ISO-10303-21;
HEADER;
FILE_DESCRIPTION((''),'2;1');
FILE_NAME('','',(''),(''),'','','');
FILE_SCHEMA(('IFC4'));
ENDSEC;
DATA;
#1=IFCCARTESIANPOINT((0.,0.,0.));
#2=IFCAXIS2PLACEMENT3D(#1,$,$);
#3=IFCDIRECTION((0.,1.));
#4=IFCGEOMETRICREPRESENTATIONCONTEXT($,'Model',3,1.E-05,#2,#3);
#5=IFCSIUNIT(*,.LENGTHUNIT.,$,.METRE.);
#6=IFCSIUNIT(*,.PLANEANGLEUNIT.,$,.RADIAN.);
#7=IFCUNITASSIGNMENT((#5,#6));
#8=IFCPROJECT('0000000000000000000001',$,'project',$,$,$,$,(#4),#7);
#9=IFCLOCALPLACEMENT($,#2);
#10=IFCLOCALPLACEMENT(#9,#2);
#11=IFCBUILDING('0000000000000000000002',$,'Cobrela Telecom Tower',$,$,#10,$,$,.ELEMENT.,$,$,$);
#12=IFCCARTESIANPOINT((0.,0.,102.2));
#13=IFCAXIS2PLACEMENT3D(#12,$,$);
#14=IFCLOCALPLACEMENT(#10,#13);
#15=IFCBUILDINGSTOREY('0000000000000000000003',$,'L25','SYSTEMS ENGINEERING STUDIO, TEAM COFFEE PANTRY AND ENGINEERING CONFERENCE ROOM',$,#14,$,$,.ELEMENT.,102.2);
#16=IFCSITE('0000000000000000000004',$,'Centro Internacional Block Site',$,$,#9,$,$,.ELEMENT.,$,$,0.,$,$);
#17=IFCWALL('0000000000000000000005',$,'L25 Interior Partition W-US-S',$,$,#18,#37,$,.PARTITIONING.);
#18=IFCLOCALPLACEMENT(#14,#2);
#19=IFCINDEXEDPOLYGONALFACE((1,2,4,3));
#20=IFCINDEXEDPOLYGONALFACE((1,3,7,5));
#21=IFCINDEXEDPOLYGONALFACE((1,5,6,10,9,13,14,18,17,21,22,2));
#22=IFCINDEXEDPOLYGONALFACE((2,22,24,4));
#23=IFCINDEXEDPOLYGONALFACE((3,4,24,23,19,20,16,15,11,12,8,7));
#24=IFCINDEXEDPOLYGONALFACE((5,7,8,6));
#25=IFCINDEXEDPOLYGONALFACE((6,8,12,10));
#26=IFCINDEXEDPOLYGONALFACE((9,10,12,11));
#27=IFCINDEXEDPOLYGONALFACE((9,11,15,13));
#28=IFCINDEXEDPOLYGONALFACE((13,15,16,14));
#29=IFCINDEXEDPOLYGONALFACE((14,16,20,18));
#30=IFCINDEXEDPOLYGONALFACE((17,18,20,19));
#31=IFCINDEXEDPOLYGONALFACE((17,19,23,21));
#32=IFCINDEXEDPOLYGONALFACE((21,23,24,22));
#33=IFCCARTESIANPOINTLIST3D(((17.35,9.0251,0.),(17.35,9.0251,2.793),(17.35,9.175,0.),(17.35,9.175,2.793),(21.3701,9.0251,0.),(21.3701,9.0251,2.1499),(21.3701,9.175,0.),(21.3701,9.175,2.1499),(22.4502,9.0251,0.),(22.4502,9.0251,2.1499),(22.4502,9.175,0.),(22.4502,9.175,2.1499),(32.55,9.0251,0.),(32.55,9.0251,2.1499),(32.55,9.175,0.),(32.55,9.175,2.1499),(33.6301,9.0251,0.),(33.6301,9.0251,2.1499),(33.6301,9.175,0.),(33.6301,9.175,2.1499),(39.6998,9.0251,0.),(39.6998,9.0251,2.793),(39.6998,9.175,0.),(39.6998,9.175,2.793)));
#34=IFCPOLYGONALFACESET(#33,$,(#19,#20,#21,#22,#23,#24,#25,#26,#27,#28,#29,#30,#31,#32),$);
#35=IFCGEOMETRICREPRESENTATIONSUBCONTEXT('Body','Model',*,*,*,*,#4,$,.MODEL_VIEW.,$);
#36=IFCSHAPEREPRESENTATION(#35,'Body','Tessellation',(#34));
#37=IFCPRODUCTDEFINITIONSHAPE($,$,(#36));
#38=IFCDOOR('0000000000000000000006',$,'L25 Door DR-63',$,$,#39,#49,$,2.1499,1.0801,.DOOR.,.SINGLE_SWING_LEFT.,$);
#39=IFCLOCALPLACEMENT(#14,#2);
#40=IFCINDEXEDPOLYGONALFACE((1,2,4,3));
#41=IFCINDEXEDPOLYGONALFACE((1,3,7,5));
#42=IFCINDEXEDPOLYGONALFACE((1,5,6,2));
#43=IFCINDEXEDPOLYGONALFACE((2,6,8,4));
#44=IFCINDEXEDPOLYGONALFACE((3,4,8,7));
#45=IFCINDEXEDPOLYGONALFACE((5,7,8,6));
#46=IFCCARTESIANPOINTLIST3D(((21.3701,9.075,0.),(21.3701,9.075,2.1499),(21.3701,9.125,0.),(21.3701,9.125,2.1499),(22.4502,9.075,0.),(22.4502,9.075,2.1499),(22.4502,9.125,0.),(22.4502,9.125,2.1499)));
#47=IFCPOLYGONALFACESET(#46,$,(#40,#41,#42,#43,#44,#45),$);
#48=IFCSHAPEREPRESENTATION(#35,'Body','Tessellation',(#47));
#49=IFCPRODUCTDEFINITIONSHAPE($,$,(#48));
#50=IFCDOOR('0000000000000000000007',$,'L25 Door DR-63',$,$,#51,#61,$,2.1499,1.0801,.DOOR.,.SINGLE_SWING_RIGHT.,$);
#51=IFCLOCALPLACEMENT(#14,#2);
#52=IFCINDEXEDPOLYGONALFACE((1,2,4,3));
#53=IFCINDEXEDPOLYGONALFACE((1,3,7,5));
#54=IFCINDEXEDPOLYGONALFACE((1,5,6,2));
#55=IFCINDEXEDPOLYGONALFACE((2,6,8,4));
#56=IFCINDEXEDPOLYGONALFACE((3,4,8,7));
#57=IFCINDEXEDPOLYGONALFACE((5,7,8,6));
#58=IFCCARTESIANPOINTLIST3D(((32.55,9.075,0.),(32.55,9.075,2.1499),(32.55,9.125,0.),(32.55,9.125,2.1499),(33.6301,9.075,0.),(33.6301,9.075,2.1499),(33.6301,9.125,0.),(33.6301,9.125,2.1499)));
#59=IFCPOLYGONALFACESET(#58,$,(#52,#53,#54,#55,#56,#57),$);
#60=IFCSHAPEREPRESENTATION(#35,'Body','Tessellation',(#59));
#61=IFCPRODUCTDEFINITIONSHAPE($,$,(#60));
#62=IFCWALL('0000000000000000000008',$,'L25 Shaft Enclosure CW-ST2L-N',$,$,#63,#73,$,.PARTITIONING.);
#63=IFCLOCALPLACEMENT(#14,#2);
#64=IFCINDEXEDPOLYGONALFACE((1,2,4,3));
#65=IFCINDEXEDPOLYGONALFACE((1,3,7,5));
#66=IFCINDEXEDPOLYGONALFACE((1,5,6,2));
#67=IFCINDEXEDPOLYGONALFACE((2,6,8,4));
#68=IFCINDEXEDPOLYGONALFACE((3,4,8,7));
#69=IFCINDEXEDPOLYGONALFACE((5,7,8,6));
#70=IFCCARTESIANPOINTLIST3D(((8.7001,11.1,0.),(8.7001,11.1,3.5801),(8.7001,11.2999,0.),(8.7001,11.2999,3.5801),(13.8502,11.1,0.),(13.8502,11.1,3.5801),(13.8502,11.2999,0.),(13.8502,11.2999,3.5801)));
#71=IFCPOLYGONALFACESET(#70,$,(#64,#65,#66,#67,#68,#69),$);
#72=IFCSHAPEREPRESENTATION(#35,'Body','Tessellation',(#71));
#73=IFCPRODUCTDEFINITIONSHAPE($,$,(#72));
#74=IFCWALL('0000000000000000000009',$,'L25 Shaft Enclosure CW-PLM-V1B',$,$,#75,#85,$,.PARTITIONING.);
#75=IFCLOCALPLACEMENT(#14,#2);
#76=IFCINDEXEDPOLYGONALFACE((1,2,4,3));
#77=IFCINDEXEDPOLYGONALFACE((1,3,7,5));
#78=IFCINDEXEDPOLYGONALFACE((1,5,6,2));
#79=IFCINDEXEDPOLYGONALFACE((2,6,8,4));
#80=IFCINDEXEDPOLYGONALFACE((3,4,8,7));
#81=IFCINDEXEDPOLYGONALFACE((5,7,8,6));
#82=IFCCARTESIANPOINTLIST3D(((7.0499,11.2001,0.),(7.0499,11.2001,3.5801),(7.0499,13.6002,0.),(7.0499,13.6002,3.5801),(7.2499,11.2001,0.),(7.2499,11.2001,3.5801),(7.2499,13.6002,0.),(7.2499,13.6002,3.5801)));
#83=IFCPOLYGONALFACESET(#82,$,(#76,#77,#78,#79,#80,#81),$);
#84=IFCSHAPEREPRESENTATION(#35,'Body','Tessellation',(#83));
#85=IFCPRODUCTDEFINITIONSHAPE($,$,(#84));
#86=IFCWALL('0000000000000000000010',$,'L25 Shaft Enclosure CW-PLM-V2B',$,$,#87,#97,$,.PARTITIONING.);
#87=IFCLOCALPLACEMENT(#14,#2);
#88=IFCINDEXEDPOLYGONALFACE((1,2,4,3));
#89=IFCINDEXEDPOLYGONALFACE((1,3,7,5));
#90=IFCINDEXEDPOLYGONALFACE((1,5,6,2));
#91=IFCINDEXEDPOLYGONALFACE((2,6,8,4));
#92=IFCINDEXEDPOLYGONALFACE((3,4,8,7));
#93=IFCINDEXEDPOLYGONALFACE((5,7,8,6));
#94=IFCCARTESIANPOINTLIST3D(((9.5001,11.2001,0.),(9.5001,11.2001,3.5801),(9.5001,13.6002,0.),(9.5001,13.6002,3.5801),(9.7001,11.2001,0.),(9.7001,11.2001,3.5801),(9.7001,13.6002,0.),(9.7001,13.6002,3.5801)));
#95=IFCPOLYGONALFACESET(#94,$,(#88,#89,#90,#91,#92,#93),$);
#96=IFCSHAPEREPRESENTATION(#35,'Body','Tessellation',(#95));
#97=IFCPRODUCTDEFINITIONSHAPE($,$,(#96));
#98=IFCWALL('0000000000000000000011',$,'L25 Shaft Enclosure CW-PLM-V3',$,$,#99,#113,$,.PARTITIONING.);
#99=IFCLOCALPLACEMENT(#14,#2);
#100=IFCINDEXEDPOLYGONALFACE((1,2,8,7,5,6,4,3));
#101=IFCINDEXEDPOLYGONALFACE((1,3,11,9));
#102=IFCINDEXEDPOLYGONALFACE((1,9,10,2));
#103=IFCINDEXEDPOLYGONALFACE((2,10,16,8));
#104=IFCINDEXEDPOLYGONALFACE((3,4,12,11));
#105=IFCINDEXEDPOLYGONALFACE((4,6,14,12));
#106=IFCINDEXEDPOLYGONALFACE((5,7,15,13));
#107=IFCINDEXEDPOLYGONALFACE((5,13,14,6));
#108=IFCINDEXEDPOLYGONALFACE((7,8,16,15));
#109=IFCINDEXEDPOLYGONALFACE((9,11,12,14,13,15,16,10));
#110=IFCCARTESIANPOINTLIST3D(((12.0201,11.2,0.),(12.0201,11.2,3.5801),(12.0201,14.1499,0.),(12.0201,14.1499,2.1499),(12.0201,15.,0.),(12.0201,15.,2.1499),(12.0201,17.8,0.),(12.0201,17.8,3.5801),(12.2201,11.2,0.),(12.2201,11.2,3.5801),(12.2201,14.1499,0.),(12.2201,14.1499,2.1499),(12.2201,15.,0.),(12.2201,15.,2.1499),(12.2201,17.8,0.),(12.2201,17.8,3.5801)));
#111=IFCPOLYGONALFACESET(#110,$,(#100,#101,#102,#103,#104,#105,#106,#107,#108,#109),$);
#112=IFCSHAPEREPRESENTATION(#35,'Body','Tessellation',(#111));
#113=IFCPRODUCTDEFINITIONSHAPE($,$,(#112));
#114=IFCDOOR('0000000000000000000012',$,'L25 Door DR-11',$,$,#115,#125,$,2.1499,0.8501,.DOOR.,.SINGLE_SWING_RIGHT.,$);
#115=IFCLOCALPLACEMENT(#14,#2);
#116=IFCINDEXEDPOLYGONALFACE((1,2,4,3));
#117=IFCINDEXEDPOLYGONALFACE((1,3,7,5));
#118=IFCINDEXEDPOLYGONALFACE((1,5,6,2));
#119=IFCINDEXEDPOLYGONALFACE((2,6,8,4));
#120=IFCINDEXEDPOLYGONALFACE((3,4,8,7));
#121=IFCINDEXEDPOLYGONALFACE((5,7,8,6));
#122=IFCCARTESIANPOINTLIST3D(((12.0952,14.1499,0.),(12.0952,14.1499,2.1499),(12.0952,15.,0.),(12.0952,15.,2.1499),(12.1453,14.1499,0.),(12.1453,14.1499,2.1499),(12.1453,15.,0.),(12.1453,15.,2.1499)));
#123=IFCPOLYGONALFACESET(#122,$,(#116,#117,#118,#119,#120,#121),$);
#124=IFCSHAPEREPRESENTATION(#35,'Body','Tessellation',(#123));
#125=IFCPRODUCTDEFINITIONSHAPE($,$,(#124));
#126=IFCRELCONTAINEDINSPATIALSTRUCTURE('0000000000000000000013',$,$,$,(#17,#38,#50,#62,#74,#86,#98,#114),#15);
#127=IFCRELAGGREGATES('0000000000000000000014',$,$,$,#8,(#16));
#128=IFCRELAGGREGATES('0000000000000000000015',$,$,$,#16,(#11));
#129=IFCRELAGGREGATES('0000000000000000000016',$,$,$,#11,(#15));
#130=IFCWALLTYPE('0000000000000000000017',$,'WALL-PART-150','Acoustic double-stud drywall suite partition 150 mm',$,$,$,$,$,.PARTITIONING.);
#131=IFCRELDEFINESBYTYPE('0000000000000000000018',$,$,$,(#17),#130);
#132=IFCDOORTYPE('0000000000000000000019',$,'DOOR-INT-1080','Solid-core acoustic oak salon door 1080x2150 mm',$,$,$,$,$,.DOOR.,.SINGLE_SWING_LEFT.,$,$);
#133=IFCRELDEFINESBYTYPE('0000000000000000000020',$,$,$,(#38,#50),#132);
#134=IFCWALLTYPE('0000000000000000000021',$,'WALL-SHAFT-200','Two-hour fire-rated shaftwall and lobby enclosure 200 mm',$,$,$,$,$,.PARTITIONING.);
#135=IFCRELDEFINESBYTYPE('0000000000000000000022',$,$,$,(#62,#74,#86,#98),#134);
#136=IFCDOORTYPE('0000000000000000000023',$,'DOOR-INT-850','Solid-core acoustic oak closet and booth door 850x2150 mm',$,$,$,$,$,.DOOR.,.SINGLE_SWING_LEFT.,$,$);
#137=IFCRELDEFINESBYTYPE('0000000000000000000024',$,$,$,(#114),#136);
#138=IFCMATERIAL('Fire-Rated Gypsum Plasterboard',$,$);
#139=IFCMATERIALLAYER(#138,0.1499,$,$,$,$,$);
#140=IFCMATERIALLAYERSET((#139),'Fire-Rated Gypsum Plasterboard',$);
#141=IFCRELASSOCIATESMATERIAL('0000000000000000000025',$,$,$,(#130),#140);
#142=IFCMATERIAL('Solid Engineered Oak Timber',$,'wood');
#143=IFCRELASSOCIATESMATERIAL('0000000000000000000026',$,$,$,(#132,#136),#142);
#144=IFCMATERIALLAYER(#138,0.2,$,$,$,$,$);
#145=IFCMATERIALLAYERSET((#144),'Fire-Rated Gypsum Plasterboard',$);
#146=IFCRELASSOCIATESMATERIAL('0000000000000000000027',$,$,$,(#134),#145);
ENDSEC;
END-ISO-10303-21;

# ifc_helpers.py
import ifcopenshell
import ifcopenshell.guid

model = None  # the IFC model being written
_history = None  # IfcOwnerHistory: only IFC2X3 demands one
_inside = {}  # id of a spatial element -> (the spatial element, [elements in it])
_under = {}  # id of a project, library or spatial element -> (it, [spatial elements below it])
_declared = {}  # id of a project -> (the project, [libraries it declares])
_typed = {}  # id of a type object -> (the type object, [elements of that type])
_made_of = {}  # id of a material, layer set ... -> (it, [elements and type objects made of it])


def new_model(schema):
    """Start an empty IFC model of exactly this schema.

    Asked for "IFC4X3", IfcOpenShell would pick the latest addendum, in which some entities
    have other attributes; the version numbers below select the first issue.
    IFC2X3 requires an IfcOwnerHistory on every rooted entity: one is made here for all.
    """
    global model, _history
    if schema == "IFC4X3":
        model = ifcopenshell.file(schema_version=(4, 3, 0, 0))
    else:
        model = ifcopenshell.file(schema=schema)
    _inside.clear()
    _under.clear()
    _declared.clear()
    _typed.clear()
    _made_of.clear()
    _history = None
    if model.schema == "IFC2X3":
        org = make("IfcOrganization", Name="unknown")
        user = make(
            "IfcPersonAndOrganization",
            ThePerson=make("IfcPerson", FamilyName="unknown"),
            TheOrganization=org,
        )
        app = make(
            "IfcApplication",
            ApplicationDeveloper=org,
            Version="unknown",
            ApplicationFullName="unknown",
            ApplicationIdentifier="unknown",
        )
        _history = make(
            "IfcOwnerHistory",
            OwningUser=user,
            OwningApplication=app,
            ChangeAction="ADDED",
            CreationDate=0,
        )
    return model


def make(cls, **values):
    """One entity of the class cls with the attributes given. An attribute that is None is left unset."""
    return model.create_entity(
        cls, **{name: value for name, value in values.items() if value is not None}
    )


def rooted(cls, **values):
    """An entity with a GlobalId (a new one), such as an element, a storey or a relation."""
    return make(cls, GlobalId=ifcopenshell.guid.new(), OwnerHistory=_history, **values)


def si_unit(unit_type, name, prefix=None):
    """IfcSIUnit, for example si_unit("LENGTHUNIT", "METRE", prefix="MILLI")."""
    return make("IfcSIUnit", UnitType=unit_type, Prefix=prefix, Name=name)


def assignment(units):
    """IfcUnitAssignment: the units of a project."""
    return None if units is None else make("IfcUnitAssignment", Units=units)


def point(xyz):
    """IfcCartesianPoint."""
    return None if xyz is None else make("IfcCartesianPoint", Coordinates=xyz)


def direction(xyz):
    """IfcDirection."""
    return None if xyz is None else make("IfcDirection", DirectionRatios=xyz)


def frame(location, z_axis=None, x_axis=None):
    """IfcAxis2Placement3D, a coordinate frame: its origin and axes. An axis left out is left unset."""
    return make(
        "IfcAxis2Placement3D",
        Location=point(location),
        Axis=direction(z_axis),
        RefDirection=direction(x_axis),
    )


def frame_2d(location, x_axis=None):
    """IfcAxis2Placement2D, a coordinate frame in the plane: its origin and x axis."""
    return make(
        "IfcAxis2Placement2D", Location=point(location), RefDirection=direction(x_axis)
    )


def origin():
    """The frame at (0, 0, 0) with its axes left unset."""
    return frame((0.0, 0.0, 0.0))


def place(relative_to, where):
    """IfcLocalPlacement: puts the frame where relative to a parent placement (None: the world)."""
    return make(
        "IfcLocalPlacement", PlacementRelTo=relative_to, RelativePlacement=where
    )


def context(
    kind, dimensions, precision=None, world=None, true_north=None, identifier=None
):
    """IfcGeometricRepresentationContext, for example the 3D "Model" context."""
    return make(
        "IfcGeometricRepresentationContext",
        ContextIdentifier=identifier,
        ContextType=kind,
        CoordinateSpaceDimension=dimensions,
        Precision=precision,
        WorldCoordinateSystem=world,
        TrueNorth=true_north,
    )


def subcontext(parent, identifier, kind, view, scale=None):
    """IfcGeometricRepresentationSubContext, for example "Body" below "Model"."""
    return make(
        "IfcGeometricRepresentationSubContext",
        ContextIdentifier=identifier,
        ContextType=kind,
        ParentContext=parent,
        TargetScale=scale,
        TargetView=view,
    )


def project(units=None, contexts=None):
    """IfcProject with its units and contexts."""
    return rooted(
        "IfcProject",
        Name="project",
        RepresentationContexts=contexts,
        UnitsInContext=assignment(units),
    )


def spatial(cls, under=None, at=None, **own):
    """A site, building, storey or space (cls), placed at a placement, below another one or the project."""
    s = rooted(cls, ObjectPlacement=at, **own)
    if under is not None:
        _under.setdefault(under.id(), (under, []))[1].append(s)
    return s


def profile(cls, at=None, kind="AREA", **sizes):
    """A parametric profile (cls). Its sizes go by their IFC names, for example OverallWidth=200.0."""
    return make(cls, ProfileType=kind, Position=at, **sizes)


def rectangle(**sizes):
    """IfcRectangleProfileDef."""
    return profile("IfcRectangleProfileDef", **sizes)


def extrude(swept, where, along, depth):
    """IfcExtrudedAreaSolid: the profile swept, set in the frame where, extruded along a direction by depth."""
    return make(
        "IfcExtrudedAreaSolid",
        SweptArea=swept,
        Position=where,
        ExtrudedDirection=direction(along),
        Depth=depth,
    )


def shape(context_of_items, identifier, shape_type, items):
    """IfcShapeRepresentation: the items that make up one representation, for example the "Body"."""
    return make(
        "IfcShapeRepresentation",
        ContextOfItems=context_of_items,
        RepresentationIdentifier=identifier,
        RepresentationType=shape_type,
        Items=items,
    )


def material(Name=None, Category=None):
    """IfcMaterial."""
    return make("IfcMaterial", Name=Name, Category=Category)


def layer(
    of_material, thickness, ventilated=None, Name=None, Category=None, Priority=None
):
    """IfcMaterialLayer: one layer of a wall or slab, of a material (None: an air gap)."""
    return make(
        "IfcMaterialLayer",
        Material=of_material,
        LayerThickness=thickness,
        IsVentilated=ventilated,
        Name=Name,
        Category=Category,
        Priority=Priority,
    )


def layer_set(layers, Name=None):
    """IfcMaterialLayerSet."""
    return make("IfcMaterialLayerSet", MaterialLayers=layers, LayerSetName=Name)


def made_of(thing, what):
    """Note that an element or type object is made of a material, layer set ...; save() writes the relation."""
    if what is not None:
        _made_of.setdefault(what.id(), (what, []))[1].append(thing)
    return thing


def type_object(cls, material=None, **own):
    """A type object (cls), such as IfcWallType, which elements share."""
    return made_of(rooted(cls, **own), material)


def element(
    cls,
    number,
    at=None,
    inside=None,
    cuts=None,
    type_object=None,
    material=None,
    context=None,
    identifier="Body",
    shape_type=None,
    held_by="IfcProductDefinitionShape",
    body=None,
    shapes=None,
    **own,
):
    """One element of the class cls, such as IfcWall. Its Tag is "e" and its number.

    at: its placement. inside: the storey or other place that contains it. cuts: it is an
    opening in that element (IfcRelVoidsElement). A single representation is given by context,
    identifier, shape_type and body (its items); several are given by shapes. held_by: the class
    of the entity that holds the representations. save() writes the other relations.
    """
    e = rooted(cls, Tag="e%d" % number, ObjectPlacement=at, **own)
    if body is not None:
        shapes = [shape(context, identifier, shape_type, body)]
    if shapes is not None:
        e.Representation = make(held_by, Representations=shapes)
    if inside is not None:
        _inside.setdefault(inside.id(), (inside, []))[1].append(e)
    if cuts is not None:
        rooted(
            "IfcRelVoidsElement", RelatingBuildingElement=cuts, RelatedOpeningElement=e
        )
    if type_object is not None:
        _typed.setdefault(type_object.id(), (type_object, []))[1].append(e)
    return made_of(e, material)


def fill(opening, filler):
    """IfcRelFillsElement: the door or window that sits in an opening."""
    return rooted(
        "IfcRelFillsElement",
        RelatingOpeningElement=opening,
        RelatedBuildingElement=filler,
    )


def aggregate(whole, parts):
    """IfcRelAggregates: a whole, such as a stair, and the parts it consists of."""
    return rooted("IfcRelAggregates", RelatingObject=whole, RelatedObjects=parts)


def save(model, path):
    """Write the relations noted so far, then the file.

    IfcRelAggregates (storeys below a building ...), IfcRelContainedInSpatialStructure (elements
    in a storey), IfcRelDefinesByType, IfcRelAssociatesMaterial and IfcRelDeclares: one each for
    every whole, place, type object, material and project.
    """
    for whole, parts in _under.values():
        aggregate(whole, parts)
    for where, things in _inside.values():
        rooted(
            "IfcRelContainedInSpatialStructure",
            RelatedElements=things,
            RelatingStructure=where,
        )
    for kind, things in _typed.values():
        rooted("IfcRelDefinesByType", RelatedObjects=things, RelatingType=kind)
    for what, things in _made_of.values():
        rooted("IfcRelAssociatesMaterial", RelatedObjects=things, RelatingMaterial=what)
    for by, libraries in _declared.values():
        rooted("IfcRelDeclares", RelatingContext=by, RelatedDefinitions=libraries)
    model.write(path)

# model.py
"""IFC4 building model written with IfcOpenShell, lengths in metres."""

from ifc_helpers import new_model, si_unit, direction, frame, frame_2d, origin, place, context, subcontext, project, spatial, rectangle, extrude, material, layer, layer_set, type_object, element, fill, save


model = new_model("IFC4")

# Units and contexts
model_context = context("Model", 3, precision=1e-05, world=origin(), true_north=direction((0.0, 1.0)))
body_context = subcontext(model_context, "Body", "Model", "MODEL_VIEW")
ifc_project = project(units=[si_unit("LENGTHUNIT", "METRE"), si_unit("PLANEANGLEUNIT", "RADIAN")], contexts=[model_context])

# Site, building, storey
site_placement = place(None, origin())
site = spatial("IfcSite", under=ifc_project, at=site_placement, Name="Centro Internacional Block Site", CompositionType="ELEMENT", RefElevation=0.0)
building_placement = place(site_placement, origin())
building = spatial("IfcBuilding", under=site, at=building_placement, Name="Cobrela Telecom Tower", CompositionType="ELEMENT")
storey_placement = place(building_placement, frame((0.0, 0.0, 102.2)))
storey = spatial("IfcBuildingStorey", under=building, at=storey_placement, Name="L25", Description="SYSTEMS ENGINEERING STUDIO, TEAM COFFEE PANTRY AND ENGINEERING CONFERENCE ROOM", CompositionType="ELEMENT", Elevation=102.2)

# Shared definitions
ifc_material_1 = material(Name="Fire-Rated Gypsum Plasterboard")

# Wall, openings, doors
ifc_layer_1 = layer(ifc_material_1, 0.1499)
ifc_layer_set_1 = layer_set([ifc_layer_1], Name="Fire-Rated Gypsum Plasterboard")
wall_type_1 = type_object("IfcWallType", Name="WALL-PART-150", Description="Acoustic double-stud drywall suite partition 150 mm", PredefinedType="PARTITIONING", material=ifc_layer_set_1)
wall_1_placement = place(storey_placement, frame((17.3501, 9.1001, 0.0), z_axis=(0.0, 0.0, 1.0), x_axis=(1.0, 0.0, 0.0)))
wall_1 = element("IfcWall", 1, at=wall_1_placement, inside=storey, type_object=wall_type_1, Name="L25 Interior Partition W-US-S", PredefinedType="PARTITIONING", context=body_context, shape_type="SweptSolid", body=[
    extrude(rectangle(XDim=22.3499, YDim=0.1499, at=frame_2d((11.1748, 0.0))), origin(), (0.0, 0.0, 1.0), 2.793),
])
opening_1_placement = place(wall_1_placement, frame((4.02, 0.0, 0.0)))
opening_1 = element("IfcOpeningElement", 2, at=opening_1_placement, cuts=wall_1, PredefinedType="OPENING", context=body_context, shape_type="SweptSolid", body=[
    extrude(rectangle(XDim=1.0801, YDim=2.1499, at=frame_2d((0.54, 1.075))), frame((0.0, 0.0869, 0.0), z_axis=(0.0, -1.0, 0.0), x_axis=(1.0, 0.0, 0.0)), (0.0, 0.0, 1.0), 0.1738),
])
opening_2_placement = place(wall_1_placement, frame((15.2, 0.0, 0.0)))
opening_2 = element("IfcOpeningElement", 3, at=opening_2_placement, cuts=wall_1, PredefinedType="OPENING", context=body_context, shape_type="SweptSolid", body=[
    extrude(rectangle(XDim=1.0801, YDim=2.1499, at=frame_2d((0.54, 1.075))), frame((0.0, 0.0869, 0.0), z_axis=(0.0, -1.0, 0.0), x_axis=(1.0, 0.0, 0.0)), (0.0, 0.0, 1.0), 0.1738),
])
ifc_material_2 = material(Name="Solid Engineered Oak Timber", Category="wood")
door_type_1 = type_object("IfcDoorType", Name="DOOR-INT-1080", Description="Solid-core acoustic oak salon door 1080x2150 mm", OperationType="SINGLE_SWING_LEFT", PredefinedType="DOOR", material=ifc_material_2)
door_1_placement = place(opening_1_placement, origin())
door_1 = element("IfcDoor", 4, at=door_1_placement, inside=storey, type_object=door_type_1, Name="L25 Door DR-63", OperationType="SINGLE_SWING_LEFT", OverallHeight=2.1499, OverallWidth=1.0801, PredefinedType="DOOR", context=body_context, shape_type="SweptSolid", body=[
    extrude(rectangle(XDim=1.0801, YDim=2.1499, at=frame_2d((0.54, 1.075))), frame((0.0, 0.0249, 0.0), z_axis=(0.0, -1.0, 0.0), x_axis=(1.0, 0.0, 0.0)), (0.0, 0.0, 1.0), 0.05),
])
fill(opening_1, door_1)
door_2_placement = place(opening_2_placement, origin())
door_2 = element("IfcDoor", 5, at=door_2_placement, inside=storey, type_object=door_type_1, Name="L25 Door DR-63", OperationType="SINGLE_SWING_RIGHT", OverallHeight=2.1499, OverallWidth=1.0801, PredefinedType="DOOR", context=body_context, shape_type="SweptSolid", body=[
    extrude(rectangle(XDim=1.0801, YDim=2.1499, at=frame_2d((0.54, 1.075))), frame((0.0, 0.0249, 0.0), z_axis=(0.0, -1.0, 0.0), x_axis=(1.0, 0.0, 0.0)), (0.0, 0.0, 1.0), 0.05),
])
fill(opening_2, door_2)

# Walls
ifc_layer_2 = layer(ifc_material_1, 0.2)
ifc_layer_set_2 = layer_set([ifc_layer_2], Name="Fire-Rated Gypsum Plasterboard")
wall_type_2 = type_object("IfcWallType", Name="WALL-SHAFT-200", Description="Two-hour fire-rated shaftwall and lobby enclosure 200 mm", PredefinedType="PARTITIONING", material=ifc_layer_set_2)
wall_2_placement = place(storey_placement, frame((8.7, 11.2, 0.0), z_axis=(0.0, 0.0, 1.0), x_axis=(1.0, 0.0, 0.0)))
element("IfcWall", 6, at=wall_2_placement, inside=storey, type_object=wall_type_2, Name="L25 Shaft Enclosure CW-ST2L-N", PredefinedType="PARTITIONING", context=body_context, shape_type="SweptSolid", body=[
    extrude(rectangle(XDim=5.1501, YDim=0.2, at=frame_2d((2.5752, 0.0))), origin(), (0.0, 0.0, 1.0), 3.5801),
])
for number, where, z_axis, x_axis, name in (
    (7, (7.1499, 11.2, 0.0), (0.0, 0.0, 1.0), (0.0, 1.0, 0.0), "L25 Shaft Enclosure CW-PLM-V1B"),
    (8, (9.6001, 11.2, 0.0), (0.0, 0.0, 1.0), (0.0, 1.0, 0.0), "L25 Shaft Enclosure CW-PLM-V2B"),
):
    element("IfcWall", number, at=place(storey_placement, frame(where, z_axis=z_axis, x_axis=x_axis)), inside=storey, type_object=wall_type_2, Name=name, PredefinedType="PARTITIONING", context=body_context, shape_type="SweptSolid", body=[
        extrude(rectangle(XDim=2.4001, YDim=0.2, at=frame_2d((1.2002, 0.0))), origin(), (0.0, 0.0, 1.0), 3.5801),
    ])

# Wall, opening, door
wall_3_placement = place(storey_placement, frame((12.1201, 11.2, 0.0), z_axis=(0.0, 0.0, 1.0), x_axis=(0.0, 1.0, 0.0)))
wall_3 = element("IfcWall", 9, at=wall_3_placement, inside=storey, type_object=wall_type_2, Name="L25 Shaft Enclosure CW-PLM-V3", PredefinedType="PARTITIONING", context=body_context, shape_type="SweptSolid", body=[
    extrude(rectangle(XDim=6.6001, YDim=0.2, at=frame_2d((3.3, 0.0))), origin(), (0.0, 0.0, 1.0), 3.5801),
])
opening_3_placement = place(wall_3_placement, frame((2.95, 0.0, 0.0)))
opening_3 = element("IfcOpeningElement", 10, at=opening_3_placement, cuts=wall_3, PredefinedType="OPENING", context=body_context, shape_type="SweptSolid", body=[
    extrude(rectangle(XDim=0.8501, YDim=2.1499, at=frame_2d((0.425, 1.075))), frame((0.0, 0.1118, 0.0), z_axis=(0.0, -1.0, 0.0), x_axis=(1.0, 0.0, 0.0)), (0.0, 0.0, 1.0), 0.2239),
])
door_type_2 = type_object("IfcDoorType", Name="DOOR-INT-850", Description="Solid-core acoustic oak closet and booth door 850x2150 mm", OperationType="SINGLE_SWING_LEFT", PredefinedType="DOOR", material=ifc_material_2)
door_3_placement = place(opening_3_placement, origin())
door_3 = element("IfcDoor", 11, at=door_3_placement, inside=storey, type_object=door_type_2, Name="L25 Door DR-11", OperationType="SINGLE_SWING_RIGHT", OverallHeight=2.1499, OverallWidth=0.8501, PredefinedType="DOOR", context=body_context, shape_type="SweptSolid", body=[
    extrude(rectangle(XDim=0.8501, YDim=2.1499, at=frame_2d((0.425, 1.075))), frame((0.0, 0.0249, 0.0), z_axis=(0.0, -1.0, 0.0), x_axis=(1.0, 0.0, 0.0)), (0.0, 0.0, 1.0), 0.05),
])
fill(opening_3, door_3)

save(model, "model.ifc")
